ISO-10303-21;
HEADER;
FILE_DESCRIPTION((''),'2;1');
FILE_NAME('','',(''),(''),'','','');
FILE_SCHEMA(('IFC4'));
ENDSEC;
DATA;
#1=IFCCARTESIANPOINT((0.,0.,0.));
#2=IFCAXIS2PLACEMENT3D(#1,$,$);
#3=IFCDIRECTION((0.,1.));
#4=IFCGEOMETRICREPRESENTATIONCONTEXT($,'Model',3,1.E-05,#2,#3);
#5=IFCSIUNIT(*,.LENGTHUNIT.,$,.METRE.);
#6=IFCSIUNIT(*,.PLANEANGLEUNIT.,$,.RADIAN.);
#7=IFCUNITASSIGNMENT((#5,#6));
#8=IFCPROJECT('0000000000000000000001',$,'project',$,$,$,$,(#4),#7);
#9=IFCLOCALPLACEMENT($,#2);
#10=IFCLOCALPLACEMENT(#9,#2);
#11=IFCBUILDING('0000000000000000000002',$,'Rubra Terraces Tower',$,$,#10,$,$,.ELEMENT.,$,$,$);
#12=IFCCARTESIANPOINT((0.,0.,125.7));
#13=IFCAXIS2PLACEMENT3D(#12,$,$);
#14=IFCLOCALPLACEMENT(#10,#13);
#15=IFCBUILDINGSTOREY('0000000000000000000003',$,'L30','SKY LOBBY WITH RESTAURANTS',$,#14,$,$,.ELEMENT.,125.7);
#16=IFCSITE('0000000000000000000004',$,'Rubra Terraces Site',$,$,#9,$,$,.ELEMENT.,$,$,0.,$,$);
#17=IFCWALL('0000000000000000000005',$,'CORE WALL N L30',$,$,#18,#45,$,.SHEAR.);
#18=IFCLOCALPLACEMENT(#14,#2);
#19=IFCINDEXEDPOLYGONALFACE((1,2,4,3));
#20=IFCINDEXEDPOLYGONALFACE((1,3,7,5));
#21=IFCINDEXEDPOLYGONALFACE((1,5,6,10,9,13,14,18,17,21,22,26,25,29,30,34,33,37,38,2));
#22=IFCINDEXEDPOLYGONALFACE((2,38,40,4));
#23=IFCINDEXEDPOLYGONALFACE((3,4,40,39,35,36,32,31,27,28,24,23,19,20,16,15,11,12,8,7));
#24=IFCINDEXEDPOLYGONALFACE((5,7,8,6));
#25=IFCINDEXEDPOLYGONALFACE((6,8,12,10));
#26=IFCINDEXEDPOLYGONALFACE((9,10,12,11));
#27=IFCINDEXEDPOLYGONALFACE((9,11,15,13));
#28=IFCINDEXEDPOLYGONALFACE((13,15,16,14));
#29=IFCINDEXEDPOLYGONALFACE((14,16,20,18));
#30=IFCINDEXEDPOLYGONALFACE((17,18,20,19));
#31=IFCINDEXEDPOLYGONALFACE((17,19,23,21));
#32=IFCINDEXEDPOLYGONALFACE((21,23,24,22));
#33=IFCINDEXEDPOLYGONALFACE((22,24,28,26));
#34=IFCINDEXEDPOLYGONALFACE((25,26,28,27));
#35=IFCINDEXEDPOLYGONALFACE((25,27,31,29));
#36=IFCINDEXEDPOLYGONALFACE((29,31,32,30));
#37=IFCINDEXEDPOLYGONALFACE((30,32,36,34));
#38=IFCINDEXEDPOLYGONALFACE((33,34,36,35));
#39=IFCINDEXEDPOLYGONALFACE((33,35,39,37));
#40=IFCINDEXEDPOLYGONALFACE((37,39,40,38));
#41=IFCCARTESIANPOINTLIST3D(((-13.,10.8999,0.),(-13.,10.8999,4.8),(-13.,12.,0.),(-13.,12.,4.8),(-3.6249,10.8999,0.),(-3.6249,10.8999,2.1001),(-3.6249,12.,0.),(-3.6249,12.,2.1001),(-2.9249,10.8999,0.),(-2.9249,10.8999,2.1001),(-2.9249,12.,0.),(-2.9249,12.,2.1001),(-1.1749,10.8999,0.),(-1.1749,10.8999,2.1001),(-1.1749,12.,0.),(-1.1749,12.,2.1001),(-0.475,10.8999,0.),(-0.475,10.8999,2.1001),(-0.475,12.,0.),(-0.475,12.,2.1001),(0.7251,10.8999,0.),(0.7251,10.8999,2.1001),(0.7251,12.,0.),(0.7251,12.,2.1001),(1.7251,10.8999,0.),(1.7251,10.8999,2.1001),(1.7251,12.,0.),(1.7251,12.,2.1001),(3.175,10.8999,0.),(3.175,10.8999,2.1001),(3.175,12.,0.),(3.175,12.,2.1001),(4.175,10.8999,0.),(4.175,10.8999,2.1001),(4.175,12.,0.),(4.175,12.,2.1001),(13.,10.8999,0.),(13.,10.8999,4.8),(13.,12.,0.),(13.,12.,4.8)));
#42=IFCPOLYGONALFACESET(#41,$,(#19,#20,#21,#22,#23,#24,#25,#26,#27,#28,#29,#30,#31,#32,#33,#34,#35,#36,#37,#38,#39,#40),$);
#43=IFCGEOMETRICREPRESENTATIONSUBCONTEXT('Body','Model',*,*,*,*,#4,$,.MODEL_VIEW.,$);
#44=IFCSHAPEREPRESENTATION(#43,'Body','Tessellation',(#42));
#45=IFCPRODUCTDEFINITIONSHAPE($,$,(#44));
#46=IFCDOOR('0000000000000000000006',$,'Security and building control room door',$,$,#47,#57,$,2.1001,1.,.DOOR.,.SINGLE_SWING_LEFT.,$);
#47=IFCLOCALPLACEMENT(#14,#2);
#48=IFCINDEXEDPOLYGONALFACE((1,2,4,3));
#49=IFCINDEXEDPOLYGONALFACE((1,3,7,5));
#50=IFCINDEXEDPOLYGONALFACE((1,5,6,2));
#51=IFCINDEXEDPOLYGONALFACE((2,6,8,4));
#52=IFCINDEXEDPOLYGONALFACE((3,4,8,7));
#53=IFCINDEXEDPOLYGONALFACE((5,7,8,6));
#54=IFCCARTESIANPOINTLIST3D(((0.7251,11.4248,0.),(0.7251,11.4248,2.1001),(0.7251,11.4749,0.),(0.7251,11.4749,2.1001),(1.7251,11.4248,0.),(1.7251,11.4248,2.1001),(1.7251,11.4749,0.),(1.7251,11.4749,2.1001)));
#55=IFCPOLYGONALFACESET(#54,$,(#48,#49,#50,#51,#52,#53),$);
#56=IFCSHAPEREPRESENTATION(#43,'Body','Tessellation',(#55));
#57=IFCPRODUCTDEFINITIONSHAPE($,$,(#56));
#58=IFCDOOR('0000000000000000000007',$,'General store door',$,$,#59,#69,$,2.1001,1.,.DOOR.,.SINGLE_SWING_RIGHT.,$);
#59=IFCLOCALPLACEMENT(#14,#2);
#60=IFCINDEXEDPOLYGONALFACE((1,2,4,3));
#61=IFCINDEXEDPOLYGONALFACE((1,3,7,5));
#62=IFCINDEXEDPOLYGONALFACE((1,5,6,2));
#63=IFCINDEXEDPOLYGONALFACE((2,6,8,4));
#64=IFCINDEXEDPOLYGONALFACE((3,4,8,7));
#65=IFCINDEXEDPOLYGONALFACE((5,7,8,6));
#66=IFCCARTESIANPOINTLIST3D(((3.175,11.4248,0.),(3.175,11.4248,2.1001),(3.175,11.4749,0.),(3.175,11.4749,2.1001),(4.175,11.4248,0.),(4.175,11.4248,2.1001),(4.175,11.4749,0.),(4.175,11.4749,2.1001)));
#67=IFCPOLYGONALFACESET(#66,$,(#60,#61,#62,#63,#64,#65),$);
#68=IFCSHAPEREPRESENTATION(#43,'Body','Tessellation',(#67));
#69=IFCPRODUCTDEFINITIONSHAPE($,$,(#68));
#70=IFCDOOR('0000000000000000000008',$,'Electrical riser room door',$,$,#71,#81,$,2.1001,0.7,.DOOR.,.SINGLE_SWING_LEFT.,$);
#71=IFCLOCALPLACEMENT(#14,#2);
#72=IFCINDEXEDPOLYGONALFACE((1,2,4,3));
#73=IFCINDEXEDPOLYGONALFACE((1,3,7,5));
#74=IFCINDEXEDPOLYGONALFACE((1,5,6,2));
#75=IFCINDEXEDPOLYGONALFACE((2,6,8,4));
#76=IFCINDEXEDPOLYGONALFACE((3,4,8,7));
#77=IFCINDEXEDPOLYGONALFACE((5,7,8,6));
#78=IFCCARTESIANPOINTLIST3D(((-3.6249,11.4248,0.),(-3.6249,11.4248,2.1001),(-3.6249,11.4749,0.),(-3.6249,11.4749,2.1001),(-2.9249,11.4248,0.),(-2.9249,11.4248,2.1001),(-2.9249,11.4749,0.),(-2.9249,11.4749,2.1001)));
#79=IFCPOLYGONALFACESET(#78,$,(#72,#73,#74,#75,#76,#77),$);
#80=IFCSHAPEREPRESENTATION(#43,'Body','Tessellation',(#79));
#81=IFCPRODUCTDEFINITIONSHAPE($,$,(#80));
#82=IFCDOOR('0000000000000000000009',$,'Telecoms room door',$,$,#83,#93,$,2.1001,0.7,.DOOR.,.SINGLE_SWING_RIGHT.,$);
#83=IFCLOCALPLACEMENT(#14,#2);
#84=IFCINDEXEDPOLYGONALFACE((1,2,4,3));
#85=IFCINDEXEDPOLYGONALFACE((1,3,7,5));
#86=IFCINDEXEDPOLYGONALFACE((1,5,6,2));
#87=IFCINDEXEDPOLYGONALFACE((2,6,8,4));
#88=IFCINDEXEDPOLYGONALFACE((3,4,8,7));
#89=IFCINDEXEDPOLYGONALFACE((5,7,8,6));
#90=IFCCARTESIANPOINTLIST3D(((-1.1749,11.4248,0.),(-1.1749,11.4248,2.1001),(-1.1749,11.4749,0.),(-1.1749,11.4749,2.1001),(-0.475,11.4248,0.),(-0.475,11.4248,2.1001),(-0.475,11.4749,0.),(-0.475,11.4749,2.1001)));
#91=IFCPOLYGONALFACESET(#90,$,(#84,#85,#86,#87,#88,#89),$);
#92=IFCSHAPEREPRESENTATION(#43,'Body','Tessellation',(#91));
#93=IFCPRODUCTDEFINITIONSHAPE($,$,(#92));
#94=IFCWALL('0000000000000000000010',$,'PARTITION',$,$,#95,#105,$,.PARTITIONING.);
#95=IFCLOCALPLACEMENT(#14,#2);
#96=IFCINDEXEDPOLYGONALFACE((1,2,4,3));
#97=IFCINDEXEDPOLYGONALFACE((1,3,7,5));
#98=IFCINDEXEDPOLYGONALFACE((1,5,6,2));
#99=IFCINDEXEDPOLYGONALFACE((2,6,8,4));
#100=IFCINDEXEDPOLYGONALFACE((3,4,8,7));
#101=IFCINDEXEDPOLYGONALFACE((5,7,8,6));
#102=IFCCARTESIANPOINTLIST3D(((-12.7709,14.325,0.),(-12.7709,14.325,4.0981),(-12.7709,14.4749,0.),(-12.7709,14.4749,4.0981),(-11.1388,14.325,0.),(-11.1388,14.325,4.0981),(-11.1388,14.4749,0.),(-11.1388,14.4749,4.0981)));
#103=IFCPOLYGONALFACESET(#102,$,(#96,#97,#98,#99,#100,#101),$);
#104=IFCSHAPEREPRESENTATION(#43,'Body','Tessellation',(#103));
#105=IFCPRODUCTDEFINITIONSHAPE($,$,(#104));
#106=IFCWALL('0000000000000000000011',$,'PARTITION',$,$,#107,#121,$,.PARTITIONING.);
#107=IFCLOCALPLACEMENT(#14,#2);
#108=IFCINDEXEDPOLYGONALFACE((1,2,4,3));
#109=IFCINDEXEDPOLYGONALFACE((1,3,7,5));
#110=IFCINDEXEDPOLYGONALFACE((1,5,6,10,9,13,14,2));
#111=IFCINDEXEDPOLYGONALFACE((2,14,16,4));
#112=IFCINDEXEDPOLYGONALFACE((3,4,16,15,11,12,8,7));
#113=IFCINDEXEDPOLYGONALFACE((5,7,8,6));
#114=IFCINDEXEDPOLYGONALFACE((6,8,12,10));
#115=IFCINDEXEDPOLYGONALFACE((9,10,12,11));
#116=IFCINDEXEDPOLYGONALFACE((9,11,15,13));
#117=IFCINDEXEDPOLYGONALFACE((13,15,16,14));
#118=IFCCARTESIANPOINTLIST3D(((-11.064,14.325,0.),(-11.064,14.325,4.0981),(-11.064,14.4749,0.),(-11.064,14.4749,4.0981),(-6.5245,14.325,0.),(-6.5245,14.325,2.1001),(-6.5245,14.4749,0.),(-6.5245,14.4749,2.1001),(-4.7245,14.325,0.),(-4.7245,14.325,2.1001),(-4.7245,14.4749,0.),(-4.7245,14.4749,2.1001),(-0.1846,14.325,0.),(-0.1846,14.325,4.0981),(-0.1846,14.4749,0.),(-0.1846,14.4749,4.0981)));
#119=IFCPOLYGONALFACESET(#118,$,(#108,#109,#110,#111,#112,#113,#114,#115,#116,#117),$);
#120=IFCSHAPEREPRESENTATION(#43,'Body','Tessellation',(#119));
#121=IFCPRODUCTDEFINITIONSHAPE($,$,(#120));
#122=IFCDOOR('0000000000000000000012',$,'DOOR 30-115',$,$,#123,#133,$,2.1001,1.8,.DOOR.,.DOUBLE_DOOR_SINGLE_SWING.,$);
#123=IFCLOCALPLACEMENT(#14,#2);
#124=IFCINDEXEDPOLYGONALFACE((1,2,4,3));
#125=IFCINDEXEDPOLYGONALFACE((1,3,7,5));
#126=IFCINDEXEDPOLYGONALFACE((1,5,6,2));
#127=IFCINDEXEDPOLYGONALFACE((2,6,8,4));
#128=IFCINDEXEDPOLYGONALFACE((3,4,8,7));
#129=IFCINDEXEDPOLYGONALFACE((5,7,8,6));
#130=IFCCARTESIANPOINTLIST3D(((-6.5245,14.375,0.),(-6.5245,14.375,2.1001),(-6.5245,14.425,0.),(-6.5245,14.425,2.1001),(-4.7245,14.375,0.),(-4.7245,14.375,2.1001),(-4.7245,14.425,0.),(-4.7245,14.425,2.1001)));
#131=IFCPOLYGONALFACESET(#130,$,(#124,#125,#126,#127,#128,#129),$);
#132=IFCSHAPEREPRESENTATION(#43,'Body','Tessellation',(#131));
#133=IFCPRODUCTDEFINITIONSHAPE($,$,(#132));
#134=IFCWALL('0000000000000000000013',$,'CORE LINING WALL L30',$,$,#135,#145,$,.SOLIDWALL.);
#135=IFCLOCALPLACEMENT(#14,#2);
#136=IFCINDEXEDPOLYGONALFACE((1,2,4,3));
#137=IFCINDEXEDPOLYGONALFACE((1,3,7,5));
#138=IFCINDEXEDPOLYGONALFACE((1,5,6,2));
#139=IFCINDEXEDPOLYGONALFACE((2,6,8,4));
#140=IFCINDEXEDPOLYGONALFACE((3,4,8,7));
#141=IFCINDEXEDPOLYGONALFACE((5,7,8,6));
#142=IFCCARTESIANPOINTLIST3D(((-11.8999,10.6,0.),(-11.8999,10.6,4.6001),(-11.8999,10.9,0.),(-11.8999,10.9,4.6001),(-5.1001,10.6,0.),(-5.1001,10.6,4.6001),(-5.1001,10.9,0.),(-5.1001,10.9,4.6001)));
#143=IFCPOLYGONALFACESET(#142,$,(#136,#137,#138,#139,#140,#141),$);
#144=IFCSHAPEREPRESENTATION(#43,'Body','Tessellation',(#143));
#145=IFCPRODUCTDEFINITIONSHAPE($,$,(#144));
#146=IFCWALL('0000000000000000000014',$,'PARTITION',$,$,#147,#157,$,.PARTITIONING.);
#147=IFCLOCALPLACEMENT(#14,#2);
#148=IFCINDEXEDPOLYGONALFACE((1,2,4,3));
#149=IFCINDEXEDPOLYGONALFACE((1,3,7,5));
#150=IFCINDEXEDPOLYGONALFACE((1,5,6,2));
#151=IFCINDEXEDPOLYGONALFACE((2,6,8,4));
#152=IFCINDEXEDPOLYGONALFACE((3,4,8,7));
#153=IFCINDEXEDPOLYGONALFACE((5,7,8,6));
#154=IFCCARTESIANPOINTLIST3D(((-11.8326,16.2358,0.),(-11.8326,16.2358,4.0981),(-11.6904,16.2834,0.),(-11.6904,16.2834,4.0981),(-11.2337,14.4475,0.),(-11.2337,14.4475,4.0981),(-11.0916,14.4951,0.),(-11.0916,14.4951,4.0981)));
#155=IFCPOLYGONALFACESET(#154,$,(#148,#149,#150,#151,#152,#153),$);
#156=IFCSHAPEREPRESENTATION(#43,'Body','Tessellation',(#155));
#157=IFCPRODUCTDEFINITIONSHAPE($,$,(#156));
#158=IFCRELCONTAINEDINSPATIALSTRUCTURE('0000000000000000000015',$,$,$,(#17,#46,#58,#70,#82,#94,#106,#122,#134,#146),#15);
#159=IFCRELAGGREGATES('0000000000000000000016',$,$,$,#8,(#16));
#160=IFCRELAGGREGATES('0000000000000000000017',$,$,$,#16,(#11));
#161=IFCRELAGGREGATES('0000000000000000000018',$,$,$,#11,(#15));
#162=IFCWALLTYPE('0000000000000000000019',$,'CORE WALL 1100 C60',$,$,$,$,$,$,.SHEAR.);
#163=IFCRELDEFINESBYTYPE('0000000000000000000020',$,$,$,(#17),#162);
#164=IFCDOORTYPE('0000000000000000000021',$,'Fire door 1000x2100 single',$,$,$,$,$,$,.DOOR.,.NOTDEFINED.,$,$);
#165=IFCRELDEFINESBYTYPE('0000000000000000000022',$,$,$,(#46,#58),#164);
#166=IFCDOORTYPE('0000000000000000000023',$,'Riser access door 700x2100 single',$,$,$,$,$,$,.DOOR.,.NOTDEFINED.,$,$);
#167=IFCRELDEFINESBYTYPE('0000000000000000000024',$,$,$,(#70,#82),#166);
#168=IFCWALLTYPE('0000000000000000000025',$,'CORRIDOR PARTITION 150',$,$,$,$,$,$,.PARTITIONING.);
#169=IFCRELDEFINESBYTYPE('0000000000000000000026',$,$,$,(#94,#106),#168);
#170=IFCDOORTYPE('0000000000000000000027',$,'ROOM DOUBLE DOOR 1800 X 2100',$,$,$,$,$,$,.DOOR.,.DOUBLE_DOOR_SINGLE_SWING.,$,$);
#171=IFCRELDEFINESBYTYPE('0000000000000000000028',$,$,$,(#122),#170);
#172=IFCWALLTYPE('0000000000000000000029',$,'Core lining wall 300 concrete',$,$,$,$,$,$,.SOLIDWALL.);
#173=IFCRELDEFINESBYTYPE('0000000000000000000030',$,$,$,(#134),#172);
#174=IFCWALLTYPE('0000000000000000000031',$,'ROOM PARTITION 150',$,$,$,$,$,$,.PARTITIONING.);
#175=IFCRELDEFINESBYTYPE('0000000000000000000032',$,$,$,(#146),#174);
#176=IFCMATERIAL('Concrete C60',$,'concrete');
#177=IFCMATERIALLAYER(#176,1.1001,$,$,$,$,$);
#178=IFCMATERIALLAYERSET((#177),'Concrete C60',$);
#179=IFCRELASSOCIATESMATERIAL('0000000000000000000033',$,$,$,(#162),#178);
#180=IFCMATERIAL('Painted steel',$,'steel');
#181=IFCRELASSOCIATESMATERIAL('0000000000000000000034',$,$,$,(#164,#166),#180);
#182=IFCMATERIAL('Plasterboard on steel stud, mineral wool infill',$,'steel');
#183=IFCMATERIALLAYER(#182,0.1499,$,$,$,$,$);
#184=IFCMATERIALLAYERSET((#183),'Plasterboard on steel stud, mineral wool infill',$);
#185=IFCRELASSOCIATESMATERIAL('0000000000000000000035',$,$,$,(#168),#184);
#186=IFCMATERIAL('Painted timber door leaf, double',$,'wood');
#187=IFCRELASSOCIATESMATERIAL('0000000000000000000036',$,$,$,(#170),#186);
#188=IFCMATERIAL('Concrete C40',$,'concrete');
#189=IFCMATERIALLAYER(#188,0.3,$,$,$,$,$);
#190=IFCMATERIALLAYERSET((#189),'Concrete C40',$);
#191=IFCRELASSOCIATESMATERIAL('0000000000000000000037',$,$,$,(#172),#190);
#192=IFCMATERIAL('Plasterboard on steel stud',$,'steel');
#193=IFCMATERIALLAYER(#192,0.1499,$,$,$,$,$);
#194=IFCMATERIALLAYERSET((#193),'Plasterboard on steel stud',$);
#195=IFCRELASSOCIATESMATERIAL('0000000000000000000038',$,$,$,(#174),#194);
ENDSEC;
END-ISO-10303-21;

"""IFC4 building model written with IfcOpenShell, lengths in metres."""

from ifc_helpers import new_model, si_unit, direction, frame, frame_2d, origin, place, context, subcontext, project, spatial, rectangle, extrude, material, layer, layer_set, type_object, element, fill, save


model = new_model("IFC4")

# Units and contexts
model_context = context("Model", 3, precision=1e-05, world=origin(), true_north=direction((0.0, 1.0)))
body_context = subcontext(model_context, "Body", "Model", "MODEL_VIEW")
ifc_project = project(units=[si_unit("LENGTHUNIT", "METRE"), si_unit("PLANEANGLEUNIT", "RADIAN")], contexts=[model_context])

# Site, building, storey
site_placement = place(None, origin())
site = spatial("IfcSite", under=ifc_project, at=site_placement, Name="Rubra Terraces Site", CompositionType="ELEMENT", RefElevation=0.0)
building_placement = place(site_placement, origin())
building = spatial("IfcBuilding", under=site, at=building_placement, Name="Rubra Terraces Tower", CompositionType="ELEMENT")
storey_placement = place(building_placement, frame((0.0, 0.0, 125.7)))
storey = spatial("IfcBuildingStorey", under=building, at=storey_placement, Name="L30", Description="SKY LOBBY WITH RESTAURANTS", CompositionType="ELEMENT", Elevation=125.7)

# Wall, openings, doors
ifc_material_1 = material(Name="Concrete C60", Category="concrete")
ifc_layer_1 = layer(ifc_material_1, 1.1001)
ifc_layer_set_1 = layer_set([ifc_layer_1], Name="Concrete C60")
wall_type_1 = type_object("IfcWallType", Name="CORE WALL 1100 C60", PredefinedType="SHEAR", material=ifc_layer_set_1)
wall_1_placement = place(storey_placement, frame((-13.0, 11.45, 0.0), z_axis=(0.0, 0.0, 1.0), x_axis=(1.0, 0.0, 0.0)))
wall_1 = element("IfcWall", 1, at=wall_1_placement, inside=storey, type_object=wall_type_1, Name="CORE WALL N L30", PredefinedType="SHEAR", context=body_context, shape_type="SweptSolid", body=[
    extrude(rectangle(XDim=26.0, YDim=1.1001, at=frame_2d((13.0, 0.0))), origin(), (0.0, 0.0, 1.0), 4.8),
])
opening_1_placement = place(wall_1_placement, frame((9.375, 0.0, 0.0)))
opening_1 = element("IfcOpeningElement", 2, at=opening_1_placement, cuts=wall_1, PredefinedType="OPENING", context=body_context, shape_type="SweptSolid", body=[
    extrude(rectangle(XDim=0.7, YDim=2.1001, at=frame_2d((0.3501, 1.05))), frame((0.0, 0.5601, 0.0), z_axis=(0.0, -1.0, 0.0), x_axis=(1.0, 0.0, 0.0)), (0.0, 0.0, 1.0), 1.1201),
])
opening_2_placement = place(wall_1_placement, frame((11.825, 0.0, 0.0)))
opening_2 = element("IfcOpeningElement", 3, at=opening_2_placement, cuts=wall_1, PredefinedType="OPENING", context=body_context, shape_type="SweptSolid", body=[
    extrude(rectangle(XDim=0.7, YDim=2.1001, at=frame_2d((0.3501, 1.05))), frame((0.0, 0.5601, 0.0), z_axis=(0.0, -1.0, 0.0), x_axis=(1.0, 0.0, 0.0)), (0.0, 0.0, 1.0), 1.1201),
])
opening_3_placement = place(wall_1_placement, frame((13.7251, 0.0, 0.0)))
opening_3 = element("IfcOpeningElement", 4, at=opening_3_placement, cuts=wall_1, PredefinedType="OPENING", context=body_context, shape_type="SweptSolid", body=[
    extrude(rectangle(XDim=1.0, YDim=2.1001, at=frame_2d((0.5, 1.05))), frame((0.0, 0.5601, 0.0), z_axis=(0.0, -1.0, 0.0), x_axis=(1.0, 0.0, 0.0)), (0.0, 0.0, 1.0), 1.1201),
])
opening_4_placement = place(wall_1_placement, frame((16.175, 0.0, 0.0)))
opening_4 = element("IfcOpeningElement", 5, at=opening_4_placement, cuts=wall_1, PredefinedType="OPENING", context=body_context, shape_type="SweptSolid", body=[
    extrude(rectangle(XDim=1.0, YDim=2.1001, at=frame_2d((0.5, 1.05))), frame((0.0, 0.5601, 0.0), z_axis=(0.0, -1.0, 0.0), x_axis=(1.0, 0.0, 0.0)), (0.0, 0.0, 1.0), 1.1201),
])
ifc_material_2 = material(Name="Painted steel", Category="steel")
door_type_1 = type_object("IfcDoorType", Name="Fire door 1000x2100 single", OperationType="NOTDEFINED", PredefinedType="DOOR", material=ifc_material_2)
door_1_placement = place(opening_3_placement, origin())
door_1 = element("IfcDoor", 6, at=door_1_placement, inside=storey, type_object=door_type_1, Name="Security and building control room door", OperationType="SINGLE_SWING_LEFT", OverallHeight=2.1001, OverallWidth=1.0, PredefinedType="DOOR", context=body_context, shape_type="SweptSolid", body=[
    extrude(rectangle(XDim=1.0, YDim=2.1001, at=frame_2d((0.5, 1.05))), frame((0.0, 0.0249, 0.0), z_axis=(0.0, -1.0, 0.0), x_axis=(1.0, 0.0, 0.0)), (0.0, 0.0, 1.0), 0.05),
])
fill(opening_3, door_1)
door_2_placement = place(opening_4_placement, origin())
door_2 = element("IfcDoor", 7, at=door_2_placement, inside=storey, type_object=door_type_1, Name="General store door", OperationType="SINGLE_SWING_RIGHT", OverallHeight=2.1001, OverallWidth=1.0, PredefinedType="DOOR", context=body_context, shape_type="SweptSolid", body=[
    extrude(rectangle(XDim=1.0, YDim=2.1001, at=frame_2d((0.5, 1.05))), frame((0.0, 0.0249, 0.0), z_axis=(0.0, -1.0, 0.0), x_axis=(1.0, 0.0, 0.0)), (0.0, 0.0, 1.0), 0.05),
])
fill(opening_4, door_2)
door_type_2 = type_object("IfcDoorType", Name="Riser access door 700x2100 single", OperationType="NOTDEFINED", PredefinedType="DOOR", material=ifc_material_2)
door_3_placement = place(opening_1_placement, origin())
door_3 = element("IfcDoor", 8, at=door_3_placement, inside=storey, type_object=door_type_2, Name="Electrical riser room door", OperationType="SINGLE_SWING_LEFT", OverallHeight=2.1001, OverallWidth=0.7, PredefinedType="DOOR", context=body_context, shape_type="SweptSolid", body=[
    extrude(rectangle(XDim=0.7, YDim=2.1001, at=frame_2d((0.3501, 1.05))), frame((0.0, 0.0249, 0.0), z_axis=(0.0, -1.0, 0.0), x_axis=(1.0, 0.0, 0.0)), (0.0, 0.0, 1.0), 0.05),
])
fill(opening_1, door_3)
door_4_placement = place(opening_2_placement, origin())
door_4 = element("IfcDoor", 9, at=door_4_placement, inside=storey, type_object=door_type_2, Name="Telecoms room door", OperationType="SINGLE_SWING_RIGHT", OverallHeight=2.1001, OverallWidth=0.7, PredefinedType="DOOR", context=body_context, shape_type="SweptSolid", body=[
    extrude(rectangle(XDim=0.7, YDim=2.1001, at=frame_2d((0.3501, 1.05))), frame((0.0, 0.0249, 0.0), z_axis=(0.0, -1.0, 0.0), x_axis=(1.0, 0.0, 0.0)), (0.0, 0.0, 1.0), 0.05),
])
fill(opening_2, door_4)

# Wall
ifc_material_3 = material(Name="Plasterboard on steel stud, mineral wool infill", Category="steel")
ifc_layer_2 = layer(ifc_material_3, 0.1499)
ifc_layer_set_2 = layer_set([ifc_layer_2], Name="Plasterboard on steel stud, mineral wool infill")
wall_type_2 = type_object("IfcWallType", Name="CORRIDOR PARTITION 150", PredefinedType="PARTITIONING", material=ifc_layer_set_2)
wall_2_placement = place(storey_placement, frame((-11.1389, 14.3999, 0.0), z_axis=(0.0, 0.0, 1.0), x_axis=(-1.0, 0.0, 0.0)))
element("IfcWall", 10, at=wall_2_placement, inside=storey, type_object=wall_type_2, Name="PARTITION", PredefinedType="PARTITIONING", context=body_context, shape_type="SweptSolid", body=[
    extrude(rectangle(XDim=1.6321, YDim=0.1499, at=frame_2d((0.8159, 0.0))), origin(), (0.0, 0.0, 1.0), 4.0981),
])

# Wall, opening, door
wall_3_placement = place(storey_placement, frame((-0.1846, 14.3999, 0.0), z_axis=(0.0, 0.0, 1.0), x_axis=(-1.0, 0.0, 0.0)))
wall_3 = element("IfcWall", 11, at=wall_3_placement, inside=storey, type_object=wall_type_2, Name="PARTITION", PredefinedType="PARTITIONING", context=body_context, shape_type="SweptSolid", body=[
    extrude(rectangle(XDim=10.8794, YDim=0.1499, at=frame_2d((5.4397, 0.0))), origin(), (0.0, 0.0, 1.0), 4.0981),
])
opening_5_placement = place(wall_3_placement, frame((4.54, 0.0, 0.0)))
opening_5 = element("IfcOpeningElement", 12, at=opening_5_placement, cuts=wall_3, PredefinedType="OPENING", context=body_context, shape_type="SweptSolid", body=[
    extrude(rectangle(XDim=1.8, YDim=2.1001, at=frame_2d((0.8999, 1.05))), frame((0.0, 0.085, 0.0), z_axis=(0.0, -1.0, 0.0), x_axis=(1.0, 0.0, 0.0)), (0.0, 0.0, 1.0), 0.1699),
])
ifc_material_4 = material(Name="Painted timber door leaf, double", Category="wood")
door_type_3 = type_object("IfcDoorType", Name="ROOM DOUBLE DOOR 1800 X 2100", OperationType="DOUBLE_DOOR_SINGLE_SWING", PredefinedType="DOOR", material=ifc_material_4)
door_5_placement = place(opening_5_placement, origin())
door_5 = element("IfcDoor", 13, at=door_5_placement, inside=storey, type_object=door_type_3, Name="DOOR 30-115", OperationType="DOUBLE_DOOR_SINGLE_SWING", OverallHeight=2.1001, OverallWidth=1.8, PredefinedType="DOOR", context=body_context, shape_type="SweptSolid", body=[
    extrude(rectangle(XDim=1.8, YDim=2.1001, at=frame_2d((0.8999, 1.05))), frame((0.0, 0.0249, 0.0), z_axis=(0.0, -1.0, 0.0), x_axis=(1.0, 0.0, 0.0)), (0.0, 0.0, 1.0), 0.05),
])
fill(opening_5, door_5)

# Walls
ifc_material_5 = material(Name="Concrete C40", Category="concrete")
ifc_layer_3 = layer(ifc_material_5, 0.3)
ifc_layer_set_3 = layer_set([ifc_layer_3], Name="Concrete C40")
wall_type_3 = type_object("IfcWallType", Name="Core lining wall 300 concrete", PredefinedType="SOLIDWALL", material=ifc_layer_set_3)
wall_4_placement = place(storey_placement, frame((-11.8999, 10.75, 0.0), z_axis=(0.0, 0.0, 1.0), x_axis=(1.0, 0.0, 0.0)))
element("IfcWall", 14, at=wall_4_placement, inside=storey, type_object=wall_type_3, Name="CORE LINING WALL L30", PredefinedType="SOLIDWALL", context=body_context, shape_type="SweptSolid", body=[
    extrude(rectangle(XDim=6.7998, YDim=0.3, at=frame_2d((3.3999, 0.0))), origin(), (0.0, 0.0, 1.0), 4.6001),
])
ifc_material_6 = material(Name="Plasterboard on steel stud", Category="steel")
ifc_layer_4 = layer(ifc_material_6, 0.1499)
ifc_layer_set_4 = layer_set([ifc_layer_4], Name="Plasterboard on steel stud")
wall_type_4 = type_object("IfcWallType", Name="ROOM PARTITION 150", PredefinedType="PARTITIONING", material=ifc_layer_set_4)
wall_5_placement = place(storey_placement, frame((-11.7615, 16.2595, 0.0), z_axis=(0.0, 0.0, 1.0), x_axis=(0.317548, -0.948242, 0.0)))
element("IfcWall", 15, at=wall_5_placement, inside=storey, type_object=wall_type_4, Name="PARTITION", PredefinedType="PARTITIONING", context=body_context, shape_type="SweptSolid", body=[
    extrude(rectangle(XDim=1.886, YDim=0.1499, at=frame_2d((0.9429, 0.0))), origin(), (0.0, 0.0, 1.0), 4.0981),
])

save(model, "model.ifc")
